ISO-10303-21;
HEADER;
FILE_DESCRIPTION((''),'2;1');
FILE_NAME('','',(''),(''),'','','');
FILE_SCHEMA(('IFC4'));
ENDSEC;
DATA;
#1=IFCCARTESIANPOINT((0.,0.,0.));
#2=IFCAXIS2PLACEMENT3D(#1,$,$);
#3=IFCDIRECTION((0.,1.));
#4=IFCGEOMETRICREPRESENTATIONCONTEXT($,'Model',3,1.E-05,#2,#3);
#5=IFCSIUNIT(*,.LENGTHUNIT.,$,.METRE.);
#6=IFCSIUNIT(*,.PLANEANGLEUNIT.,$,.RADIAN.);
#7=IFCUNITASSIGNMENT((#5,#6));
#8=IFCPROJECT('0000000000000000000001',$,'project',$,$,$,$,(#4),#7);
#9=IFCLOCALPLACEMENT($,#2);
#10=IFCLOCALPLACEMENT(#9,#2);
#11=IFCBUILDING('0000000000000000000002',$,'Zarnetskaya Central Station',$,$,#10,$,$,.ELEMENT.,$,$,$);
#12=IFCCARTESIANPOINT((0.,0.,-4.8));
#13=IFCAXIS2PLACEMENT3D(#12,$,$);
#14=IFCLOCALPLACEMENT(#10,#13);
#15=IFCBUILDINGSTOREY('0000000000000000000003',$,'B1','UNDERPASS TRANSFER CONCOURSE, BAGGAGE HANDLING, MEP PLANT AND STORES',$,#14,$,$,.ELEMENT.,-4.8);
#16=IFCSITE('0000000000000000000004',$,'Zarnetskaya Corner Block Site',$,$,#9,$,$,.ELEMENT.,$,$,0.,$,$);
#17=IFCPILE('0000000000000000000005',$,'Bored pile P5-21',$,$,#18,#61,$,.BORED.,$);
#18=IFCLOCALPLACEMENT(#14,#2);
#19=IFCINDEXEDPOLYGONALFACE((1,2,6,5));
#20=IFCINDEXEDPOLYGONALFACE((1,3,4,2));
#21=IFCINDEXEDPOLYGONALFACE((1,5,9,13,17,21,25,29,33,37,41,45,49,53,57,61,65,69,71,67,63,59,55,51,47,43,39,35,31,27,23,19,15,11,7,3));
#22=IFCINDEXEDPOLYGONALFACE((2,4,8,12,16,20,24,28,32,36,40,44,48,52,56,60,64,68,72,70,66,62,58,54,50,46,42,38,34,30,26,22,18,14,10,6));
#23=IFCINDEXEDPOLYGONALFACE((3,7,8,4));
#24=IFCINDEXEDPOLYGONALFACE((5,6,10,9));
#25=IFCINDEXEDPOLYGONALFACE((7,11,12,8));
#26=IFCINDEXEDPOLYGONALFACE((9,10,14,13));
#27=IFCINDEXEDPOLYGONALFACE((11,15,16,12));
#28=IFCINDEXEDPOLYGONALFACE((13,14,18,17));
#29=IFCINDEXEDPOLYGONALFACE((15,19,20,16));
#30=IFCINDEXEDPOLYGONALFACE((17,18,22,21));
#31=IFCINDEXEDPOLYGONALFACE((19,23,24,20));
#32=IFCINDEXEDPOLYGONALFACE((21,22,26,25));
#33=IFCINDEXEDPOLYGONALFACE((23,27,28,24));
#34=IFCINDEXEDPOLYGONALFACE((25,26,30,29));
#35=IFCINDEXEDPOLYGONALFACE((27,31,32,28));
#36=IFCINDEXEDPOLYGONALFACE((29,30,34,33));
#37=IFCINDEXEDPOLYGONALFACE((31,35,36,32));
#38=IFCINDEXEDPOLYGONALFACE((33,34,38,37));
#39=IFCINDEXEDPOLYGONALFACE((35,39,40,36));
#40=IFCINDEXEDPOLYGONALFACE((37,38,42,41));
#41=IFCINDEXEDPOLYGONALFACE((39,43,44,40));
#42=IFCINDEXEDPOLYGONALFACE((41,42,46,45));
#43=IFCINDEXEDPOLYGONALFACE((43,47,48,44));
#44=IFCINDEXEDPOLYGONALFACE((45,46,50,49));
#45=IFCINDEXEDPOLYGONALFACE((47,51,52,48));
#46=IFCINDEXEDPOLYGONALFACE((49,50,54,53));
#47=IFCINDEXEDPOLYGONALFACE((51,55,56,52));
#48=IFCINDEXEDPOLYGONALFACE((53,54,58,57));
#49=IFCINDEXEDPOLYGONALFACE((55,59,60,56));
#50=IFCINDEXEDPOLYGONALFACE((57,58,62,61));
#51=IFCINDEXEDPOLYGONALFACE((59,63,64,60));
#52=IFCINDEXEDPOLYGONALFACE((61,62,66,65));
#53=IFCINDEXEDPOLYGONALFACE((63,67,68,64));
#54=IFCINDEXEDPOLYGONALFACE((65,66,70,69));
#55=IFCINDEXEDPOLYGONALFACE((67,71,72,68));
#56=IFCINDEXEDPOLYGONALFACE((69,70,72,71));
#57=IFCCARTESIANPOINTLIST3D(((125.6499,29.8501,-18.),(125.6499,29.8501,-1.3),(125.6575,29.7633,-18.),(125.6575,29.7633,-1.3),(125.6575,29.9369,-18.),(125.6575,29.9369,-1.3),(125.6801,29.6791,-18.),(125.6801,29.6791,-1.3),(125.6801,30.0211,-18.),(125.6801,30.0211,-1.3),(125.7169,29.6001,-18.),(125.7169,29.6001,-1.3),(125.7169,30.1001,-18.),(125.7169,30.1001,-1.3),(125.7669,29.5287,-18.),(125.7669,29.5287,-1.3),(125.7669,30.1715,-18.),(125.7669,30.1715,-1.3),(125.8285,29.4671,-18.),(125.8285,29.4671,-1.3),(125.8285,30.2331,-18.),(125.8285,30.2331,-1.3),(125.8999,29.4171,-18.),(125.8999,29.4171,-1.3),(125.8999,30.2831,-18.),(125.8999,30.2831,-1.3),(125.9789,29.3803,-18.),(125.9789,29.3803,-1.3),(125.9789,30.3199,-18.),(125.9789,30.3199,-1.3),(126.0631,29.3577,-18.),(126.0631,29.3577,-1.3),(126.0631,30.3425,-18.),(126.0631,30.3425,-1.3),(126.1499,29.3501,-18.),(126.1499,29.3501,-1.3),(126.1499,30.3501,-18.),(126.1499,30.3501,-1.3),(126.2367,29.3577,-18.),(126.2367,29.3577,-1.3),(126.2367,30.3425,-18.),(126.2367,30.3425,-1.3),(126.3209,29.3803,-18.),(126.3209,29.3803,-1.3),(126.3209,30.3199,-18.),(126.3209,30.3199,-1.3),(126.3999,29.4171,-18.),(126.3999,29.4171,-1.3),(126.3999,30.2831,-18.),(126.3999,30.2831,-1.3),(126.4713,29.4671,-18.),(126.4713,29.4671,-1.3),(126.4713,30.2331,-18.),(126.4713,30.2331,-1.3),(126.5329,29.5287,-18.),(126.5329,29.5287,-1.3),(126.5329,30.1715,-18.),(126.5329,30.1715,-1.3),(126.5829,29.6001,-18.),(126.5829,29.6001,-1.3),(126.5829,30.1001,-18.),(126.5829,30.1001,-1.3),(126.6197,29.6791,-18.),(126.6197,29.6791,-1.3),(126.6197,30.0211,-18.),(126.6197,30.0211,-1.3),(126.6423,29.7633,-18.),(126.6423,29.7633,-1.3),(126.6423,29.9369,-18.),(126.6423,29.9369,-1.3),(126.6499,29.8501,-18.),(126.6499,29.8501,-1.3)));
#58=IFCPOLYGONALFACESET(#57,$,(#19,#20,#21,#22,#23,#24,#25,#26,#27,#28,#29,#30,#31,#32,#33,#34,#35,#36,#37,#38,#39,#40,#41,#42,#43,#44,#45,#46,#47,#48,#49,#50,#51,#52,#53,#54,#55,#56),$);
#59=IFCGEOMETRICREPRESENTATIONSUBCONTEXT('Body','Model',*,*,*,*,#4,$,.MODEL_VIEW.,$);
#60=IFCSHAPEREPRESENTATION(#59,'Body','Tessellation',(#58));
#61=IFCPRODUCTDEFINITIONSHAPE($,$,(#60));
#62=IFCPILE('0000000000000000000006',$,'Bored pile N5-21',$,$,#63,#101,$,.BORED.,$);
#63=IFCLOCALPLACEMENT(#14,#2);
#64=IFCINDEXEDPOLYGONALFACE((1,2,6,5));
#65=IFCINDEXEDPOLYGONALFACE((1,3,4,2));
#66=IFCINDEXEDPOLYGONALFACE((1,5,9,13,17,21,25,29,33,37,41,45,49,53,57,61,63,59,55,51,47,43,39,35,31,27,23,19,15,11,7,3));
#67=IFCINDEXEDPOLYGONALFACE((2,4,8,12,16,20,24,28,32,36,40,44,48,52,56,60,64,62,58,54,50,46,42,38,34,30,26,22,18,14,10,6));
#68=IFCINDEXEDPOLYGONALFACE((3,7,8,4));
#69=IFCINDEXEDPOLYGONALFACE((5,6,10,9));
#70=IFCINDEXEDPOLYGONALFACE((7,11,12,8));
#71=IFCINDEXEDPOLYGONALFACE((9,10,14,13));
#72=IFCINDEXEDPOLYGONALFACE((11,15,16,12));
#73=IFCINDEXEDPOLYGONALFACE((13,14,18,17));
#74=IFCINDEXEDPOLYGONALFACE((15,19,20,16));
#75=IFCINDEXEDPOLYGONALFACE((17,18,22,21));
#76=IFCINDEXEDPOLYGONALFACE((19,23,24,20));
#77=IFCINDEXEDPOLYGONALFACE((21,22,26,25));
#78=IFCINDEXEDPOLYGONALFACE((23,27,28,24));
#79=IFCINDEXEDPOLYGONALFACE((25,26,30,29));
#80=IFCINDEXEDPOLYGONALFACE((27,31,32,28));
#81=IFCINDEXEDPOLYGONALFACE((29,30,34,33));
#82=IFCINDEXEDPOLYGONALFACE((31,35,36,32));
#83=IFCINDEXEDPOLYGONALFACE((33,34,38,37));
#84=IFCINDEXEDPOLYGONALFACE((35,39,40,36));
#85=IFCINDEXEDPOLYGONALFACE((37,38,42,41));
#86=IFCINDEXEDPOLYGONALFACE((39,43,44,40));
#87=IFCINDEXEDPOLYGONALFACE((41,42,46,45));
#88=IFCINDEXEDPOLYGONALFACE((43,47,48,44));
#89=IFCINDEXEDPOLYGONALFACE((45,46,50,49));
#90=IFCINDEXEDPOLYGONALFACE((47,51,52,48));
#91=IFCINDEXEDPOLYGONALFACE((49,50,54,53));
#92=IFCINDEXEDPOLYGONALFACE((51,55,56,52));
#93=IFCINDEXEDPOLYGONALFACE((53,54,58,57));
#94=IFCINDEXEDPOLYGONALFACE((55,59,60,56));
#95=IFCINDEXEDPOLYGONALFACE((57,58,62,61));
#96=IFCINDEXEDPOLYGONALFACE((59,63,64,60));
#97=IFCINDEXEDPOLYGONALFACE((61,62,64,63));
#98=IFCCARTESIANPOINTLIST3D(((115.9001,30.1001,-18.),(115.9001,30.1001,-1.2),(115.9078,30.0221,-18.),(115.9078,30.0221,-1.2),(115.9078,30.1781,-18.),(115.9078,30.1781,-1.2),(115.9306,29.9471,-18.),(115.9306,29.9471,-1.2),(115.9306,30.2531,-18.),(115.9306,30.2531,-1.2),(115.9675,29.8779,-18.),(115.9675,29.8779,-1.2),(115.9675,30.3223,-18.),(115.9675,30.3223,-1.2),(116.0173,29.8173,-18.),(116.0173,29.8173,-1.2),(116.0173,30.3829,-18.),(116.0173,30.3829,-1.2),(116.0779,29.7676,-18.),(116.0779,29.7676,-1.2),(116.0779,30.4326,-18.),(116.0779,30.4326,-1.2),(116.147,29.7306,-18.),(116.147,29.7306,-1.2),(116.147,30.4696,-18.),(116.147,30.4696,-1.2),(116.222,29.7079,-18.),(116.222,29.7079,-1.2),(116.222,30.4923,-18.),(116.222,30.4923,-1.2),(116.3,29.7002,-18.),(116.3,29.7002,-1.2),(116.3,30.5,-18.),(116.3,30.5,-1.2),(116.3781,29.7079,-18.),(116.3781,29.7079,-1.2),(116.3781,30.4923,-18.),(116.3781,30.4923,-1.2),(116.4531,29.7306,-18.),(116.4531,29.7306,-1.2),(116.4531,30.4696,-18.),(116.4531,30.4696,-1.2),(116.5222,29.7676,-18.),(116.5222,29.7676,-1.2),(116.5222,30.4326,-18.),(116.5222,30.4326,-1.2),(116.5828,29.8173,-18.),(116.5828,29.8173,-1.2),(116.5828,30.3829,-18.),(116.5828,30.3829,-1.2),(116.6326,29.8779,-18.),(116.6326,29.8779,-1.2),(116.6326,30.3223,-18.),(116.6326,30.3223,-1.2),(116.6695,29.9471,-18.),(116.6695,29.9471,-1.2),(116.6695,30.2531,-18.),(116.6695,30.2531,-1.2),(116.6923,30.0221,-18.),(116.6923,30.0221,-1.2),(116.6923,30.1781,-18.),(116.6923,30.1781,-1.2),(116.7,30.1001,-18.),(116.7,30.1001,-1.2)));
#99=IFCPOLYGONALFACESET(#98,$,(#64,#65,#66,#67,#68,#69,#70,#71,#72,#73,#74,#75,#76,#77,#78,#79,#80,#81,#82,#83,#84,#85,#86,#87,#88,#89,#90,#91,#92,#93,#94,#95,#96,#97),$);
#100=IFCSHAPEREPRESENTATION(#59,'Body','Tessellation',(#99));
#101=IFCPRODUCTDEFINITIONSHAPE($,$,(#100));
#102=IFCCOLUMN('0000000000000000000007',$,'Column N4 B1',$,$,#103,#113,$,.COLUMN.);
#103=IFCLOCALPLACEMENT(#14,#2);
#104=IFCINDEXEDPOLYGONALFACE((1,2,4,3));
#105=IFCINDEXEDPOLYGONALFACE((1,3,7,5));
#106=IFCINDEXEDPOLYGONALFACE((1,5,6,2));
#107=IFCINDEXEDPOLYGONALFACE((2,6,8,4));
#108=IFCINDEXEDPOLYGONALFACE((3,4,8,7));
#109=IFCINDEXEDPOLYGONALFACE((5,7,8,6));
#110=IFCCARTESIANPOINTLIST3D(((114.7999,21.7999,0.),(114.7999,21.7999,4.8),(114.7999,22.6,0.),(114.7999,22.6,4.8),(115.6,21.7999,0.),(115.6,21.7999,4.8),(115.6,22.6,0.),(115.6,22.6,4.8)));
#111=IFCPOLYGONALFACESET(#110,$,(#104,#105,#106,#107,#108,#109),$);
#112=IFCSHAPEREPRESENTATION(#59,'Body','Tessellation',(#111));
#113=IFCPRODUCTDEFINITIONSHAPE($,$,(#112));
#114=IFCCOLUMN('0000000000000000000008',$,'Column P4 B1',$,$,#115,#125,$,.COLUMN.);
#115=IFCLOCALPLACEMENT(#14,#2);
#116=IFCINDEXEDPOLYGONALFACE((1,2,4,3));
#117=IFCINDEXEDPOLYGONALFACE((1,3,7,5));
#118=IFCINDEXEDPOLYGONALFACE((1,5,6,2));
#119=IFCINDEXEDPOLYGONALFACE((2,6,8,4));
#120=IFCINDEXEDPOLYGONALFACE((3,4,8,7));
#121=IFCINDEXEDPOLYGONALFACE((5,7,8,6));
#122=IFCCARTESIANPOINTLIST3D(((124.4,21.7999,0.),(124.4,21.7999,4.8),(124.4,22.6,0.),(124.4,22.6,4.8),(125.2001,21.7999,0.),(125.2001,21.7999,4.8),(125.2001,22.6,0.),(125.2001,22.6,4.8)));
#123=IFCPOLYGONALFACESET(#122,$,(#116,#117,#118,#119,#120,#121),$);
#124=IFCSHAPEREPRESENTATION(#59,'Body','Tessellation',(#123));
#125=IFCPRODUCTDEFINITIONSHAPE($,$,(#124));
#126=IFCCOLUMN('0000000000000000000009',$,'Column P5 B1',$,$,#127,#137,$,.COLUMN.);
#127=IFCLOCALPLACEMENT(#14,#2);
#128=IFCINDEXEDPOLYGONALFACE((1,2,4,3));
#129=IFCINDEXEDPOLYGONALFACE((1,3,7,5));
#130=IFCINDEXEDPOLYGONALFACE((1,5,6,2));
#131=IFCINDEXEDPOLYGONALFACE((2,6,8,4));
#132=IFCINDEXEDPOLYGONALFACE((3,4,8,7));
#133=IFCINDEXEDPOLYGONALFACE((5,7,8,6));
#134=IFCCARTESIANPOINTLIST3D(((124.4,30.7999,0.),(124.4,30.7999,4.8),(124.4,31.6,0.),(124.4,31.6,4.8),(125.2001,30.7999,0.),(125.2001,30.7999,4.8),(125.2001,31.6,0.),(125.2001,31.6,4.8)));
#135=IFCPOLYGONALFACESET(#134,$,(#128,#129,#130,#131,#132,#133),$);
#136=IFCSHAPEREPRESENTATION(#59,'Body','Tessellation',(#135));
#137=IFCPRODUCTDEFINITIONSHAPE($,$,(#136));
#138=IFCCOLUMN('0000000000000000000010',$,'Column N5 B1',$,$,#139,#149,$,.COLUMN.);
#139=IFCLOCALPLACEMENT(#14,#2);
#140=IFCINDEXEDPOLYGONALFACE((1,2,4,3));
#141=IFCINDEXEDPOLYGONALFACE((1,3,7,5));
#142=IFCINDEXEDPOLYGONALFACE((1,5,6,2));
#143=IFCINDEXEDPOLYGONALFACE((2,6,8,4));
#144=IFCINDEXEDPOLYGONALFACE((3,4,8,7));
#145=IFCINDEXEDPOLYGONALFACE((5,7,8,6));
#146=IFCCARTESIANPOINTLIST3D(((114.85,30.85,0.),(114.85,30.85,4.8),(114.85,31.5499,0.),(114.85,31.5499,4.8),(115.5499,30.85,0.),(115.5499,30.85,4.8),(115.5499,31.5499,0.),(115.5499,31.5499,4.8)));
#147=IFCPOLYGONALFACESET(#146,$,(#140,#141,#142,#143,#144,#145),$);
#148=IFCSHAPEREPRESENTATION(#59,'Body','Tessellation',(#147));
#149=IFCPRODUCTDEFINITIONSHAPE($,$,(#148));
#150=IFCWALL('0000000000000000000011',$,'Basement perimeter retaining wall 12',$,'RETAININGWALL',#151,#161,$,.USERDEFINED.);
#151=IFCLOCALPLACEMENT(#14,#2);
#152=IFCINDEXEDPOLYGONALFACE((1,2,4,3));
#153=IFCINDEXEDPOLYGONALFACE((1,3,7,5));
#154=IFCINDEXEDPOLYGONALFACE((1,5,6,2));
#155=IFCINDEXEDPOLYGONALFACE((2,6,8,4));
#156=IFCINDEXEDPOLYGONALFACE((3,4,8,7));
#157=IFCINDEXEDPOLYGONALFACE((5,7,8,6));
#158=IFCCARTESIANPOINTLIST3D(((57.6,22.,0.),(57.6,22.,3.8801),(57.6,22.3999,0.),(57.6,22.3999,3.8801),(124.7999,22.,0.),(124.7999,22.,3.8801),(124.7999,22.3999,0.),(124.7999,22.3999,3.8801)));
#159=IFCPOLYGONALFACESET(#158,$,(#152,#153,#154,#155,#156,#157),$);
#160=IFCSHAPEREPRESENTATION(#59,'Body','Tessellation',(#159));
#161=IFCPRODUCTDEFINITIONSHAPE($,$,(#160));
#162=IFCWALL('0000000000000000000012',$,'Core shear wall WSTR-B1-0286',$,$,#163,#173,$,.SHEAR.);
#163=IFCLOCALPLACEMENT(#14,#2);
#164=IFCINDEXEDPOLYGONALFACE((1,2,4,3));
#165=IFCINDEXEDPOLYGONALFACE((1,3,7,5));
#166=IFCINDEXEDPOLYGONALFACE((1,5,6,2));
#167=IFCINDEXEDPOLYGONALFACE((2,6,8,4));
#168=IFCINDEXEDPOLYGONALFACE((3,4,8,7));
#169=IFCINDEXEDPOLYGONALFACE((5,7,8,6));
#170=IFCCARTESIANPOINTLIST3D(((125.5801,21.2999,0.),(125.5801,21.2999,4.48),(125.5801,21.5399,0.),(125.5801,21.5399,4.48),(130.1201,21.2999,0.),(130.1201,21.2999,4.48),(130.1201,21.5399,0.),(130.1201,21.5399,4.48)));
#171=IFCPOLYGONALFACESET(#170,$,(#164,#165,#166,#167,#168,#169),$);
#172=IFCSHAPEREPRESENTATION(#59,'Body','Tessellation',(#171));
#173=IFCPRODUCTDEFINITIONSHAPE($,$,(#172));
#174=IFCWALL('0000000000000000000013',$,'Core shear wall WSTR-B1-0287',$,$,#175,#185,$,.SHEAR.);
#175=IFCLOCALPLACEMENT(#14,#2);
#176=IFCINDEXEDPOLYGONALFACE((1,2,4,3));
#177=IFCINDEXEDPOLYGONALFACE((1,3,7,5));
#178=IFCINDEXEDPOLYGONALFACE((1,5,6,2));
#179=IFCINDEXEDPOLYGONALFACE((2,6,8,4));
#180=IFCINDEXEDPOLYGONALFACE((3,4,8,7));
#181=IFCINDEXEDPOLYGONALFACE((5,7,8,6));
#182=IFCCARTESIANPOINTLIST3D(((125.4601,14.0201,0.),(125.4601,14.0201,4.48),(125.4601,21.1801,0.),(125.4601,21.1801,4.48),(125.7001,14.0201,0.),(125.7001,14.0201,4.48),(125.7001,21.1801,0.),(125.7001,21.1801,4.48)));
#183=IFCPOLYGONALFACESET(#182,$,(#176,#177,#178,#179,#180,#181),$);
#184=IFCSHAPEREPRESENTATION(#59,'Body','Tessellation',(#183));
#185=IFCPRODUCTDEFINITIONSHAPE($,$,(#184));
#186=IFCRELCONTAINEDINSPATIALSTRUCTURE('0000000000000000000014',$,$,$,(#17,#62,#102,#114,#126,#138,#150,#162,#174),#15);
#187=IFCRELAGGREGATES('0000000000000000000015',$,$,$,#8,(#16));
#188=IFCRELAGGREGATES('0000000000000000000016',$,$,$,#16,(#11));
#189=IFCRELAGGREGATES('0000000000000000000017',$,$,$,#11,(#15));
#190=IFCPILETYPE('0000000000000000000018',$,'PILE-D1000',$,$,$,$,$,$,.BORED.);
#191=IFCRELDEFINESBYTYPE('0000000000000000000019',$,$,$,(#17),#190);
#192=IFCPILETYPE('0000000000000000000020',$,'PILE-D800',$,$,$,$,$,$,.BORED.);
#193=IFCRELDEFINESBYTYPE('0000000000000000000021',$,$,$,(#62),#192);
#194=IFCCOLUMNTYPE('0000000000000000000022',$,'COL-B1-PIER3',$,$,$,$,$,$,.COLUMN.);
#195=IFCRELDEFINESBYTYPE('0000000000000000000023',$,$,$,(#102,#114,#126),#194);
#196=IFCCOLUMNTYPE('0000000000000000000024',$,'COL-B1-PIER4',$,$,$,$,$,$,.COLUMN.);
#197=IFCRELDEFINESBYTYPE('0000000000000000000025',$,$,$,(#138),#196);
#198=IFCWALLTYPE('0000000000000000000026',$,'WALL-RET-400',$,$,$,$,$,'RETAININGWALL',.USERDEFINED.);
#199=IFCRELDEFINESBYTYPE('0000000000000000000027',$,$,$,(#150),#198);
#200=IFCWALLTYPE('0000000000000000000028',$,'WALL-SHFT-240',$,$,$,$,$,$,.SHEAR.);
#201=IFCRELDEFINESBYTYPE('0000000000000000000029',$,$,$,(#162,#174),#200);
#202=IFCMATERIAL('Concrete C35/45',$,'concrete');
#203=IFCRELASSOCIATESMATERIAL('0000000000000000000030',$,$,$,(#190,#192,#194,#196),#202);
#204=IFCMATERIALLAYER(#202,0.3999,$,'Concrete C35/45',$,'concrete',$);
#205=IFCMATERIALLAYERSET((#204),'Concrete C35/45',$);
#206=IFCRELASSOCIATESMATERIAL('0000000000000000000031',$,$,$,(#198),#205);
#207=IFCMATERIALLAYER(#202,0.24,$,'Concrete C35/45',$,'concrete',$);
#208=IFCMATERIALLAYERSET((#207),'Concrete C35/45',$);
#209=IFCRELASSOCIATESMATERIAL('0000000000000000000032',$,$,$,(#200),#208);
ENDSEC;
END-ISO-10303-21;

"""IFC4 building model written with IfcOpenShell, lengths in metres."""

from ifc_helpers import new_model, si_unit, direction, frame, frame_2d, origin, origin_2d, place, context, subcontext, project, spatial, rectangle, circle, extrude, material, layer, layer_set, material_profile, profile_set, type_object, element, save


model = new_model("IFC4")

# Units and contexts
model_context = context("Model", 3, precision=1e-05, world=origin(), true_north=direction((0.0, 1.0)))
body_context = subcontext(model_context, "Body", "Model", "MODEL_VIEW")
ifc_project = project(units=[si_unit("LENGTHUNIT", "METRE"), si_unit("PLANEANGLEUNIT", "RADIAN")], contexts=[model_context])

# Site, building, storey
site_placement = place(None, origin())
site = spatial("IfcSite", under=ifc_project, at=site_placement, Name="Zarnetskaya Corner Block Site", CompositionType="ELEMENT", RefElevation=0.0)
building_placement = place(site_placement, origin())
building = spatial("IfcBuilding", under=site, at=building_placement, Name="Zarnetskaya Central Station", CompositionType="ELEMENT")
storey_placement = place(building_placement, frame((0.0, 0.0, -4.8)))
storey = spatial("IfcBuildingStorey", under=building, at=storey_placement, Name="B1", Description="UNDERPASS TRANSFER CONCOURSE, BAGGAGE HANDLING, MEP PLANT AND STORES", CompositionType="ELEMENT", Elevation=-4.8)

# Shared definitions
ifc_material_1 = material(Name="Concrete C35/45", Category="concrete")

# Piles
ifc_material_profile_1 = material_profile(ifc_material_1, circle(Radius=0.5, at=origin_2d()), Name="BORED PILE D1000")
ifc_profile_set_1 = profile_set([ifc_material_profile_1], Name="Concrete C35/45")
pile_type_1 = type_object("IfcPileType", Name="PILE-D1000", PredefinedType="BORED", material=ifc_profile_set_1)
for number, where, z_axis, x_axis, name in (
    (1, (126.1499, 29.8501, -1.3), (0.0, 0.0, -1.0), (1.0, 0.0, 0.0), "Bored pile P5-21"),
):
    element("IfcPile", number, at=place(storey_placement, frame(where, z_axis=z_axis, x_axis=x_axis)), inside=storey, type_object=pile_type_1, Name=name, PredefinedType="BORED", context=body_context, shape_type="SweptSolid", body=[
        extrude(circle(Radius=0.5, at=origin_2d()), origin(), (0.0, 0.0, 1.0), 16.7),
    ])
ifc_material_profile_2 = material_profile(ifc_material_1, circle(Radius=0.3999, at=origin_2d()), Name="BORED PILE D800")
ifc_profile_set_2 = profile_set([ifc_material_profile_2], Name="Concrete C35/45")
pile_type_2 = type_object("IfcPileType", Name="PILE-D800", PredefinedType="BORED", material=ifc_profile_set_2)
pile_placement = place(storey_placement, frame((116.3, 30.1001, -1.2), z_axis=(0.0, 0.0, -1.0), x_axis=(1.0, 0.0, 0.0)))
element("IfcPile", 2, at=pile_placement, inside=storey, type_object=pile_type_2, Name="Bored pile N5-21", PredefinedType="BORED", context=body_context, shape_type="SweptSolid", body=[
    extrude(circle(Radius=0.3999, at=origin_2d()), origin(), (0.0, 0.0, 1.0), 16.8),
])

# Columns
ifc_material_profile_3 = material_profile(ifc_material_1, rectangle(XDim=0.8, YDim=0.8, at=origin_2d()), Name="RC 800x800")
ifc_profile_set_3 = profile_set([ifc_material_profile_3], Name="Concrete C35/45")
column_type_1 = type_object("IfcColumnType", Name="COL-B1-PIER3", PredefinedType="COLUMN", material=ifc_profile_set_3)
for number, where, z_axis, x_axis, name in (
    (3, (115.2, 22.2, 0.0), (0.0, 0.0, 1.0), (1.0, 0.0, 0.0), "Column N4 B1"),
    (4, (124.8, 22.2, 0.0), (0.0, 0.0, 1.0), (1.0, 0.0, 0.0), "Column P4 B1"),
    (5, (124.8, 31.2, 0.0), (0.0, 0.0, 1.0), (1.0, 0.0, 0.0), "Column P5 B1"),
):
    element("IfcColumn", number, at=place(storey_placement, frame(where, z_axis=z_axis, x_axis=x_axis)), inside=storey, type_object=column_type_1, Name=name, PredefinedType="COLUMN", context=body_context, shape_type="SweptSolid", body=[
        extrude(rectangle(XDim=0.8, YDim=0.8, at=origin_2d()), origin(), (0.0, 0.0, 1.0), 4.8),
    ])
ifc_material_profile_4 = material_profile(ifc_material_1, rectangle(XDim=0.7, YDim=0.7, at=origin_2d()), Name="RC 700x700")
ifc_profile_set_4 = profile_set([ifc_material_profile_4], Name="Concrete C35/45")
column_type_2 = type_object("IfcColumnType", Name="COL-B1-PIER4", PredefinedType="COLUMN", material=ifc_profile_set_4)
column_placement = place(storey_placement, frame((115.2, 31.2, 0.0), z_axis=(0.0, 0.0, 1.0), x_axis=(1.0, 0.0, 0.0)))
element("IfcColumn", 6, at=column_placement, inside=storey, type_object=column_type_2, Name="Column N5 B1", PredefinedType="COLUMN", context=body_context, shape_type="SweptSolid", body=[
    extrude(rectangle(XDim=0.7, YDim=0.7, at=origin_2d()), origin(), (0.0, 0.0, 1.0), 4.8),
])

# Walls
ifc_layer_1 = layer(ifc_material_1, 0.3999, Name="Concrete C35/45", Category="concrete")
ifc_layer_set_1 = layer_set([ifc_layer_1], Name="Concrete C35/45")
wall_type_1 = type_object("IfcWallType", Name="WALL-RET-400", ElementType="RETAININGWALL", PredefinedType="USERDEFINED", material=ifc_layer_set_1)
wall_1_placement = place(storey_placement, frame((124.8, 22.2, 0.0), z_axis=(0.0, 0.0, 1.0), x_axis=(-1.0, 0.0, 0.0)))
element("IfcWall", 7, at=wall_1_placement, inside=storey, type_object=wall_type_1, Name="Basement perimeter retaining wall 12", ObjectType="RETAININGWALL", PredefinedType="USERDEFINED", context=body_context, shape_type="SweptSolid", body=[
    extrude(rectangle(XDim=67.2, YDim=0.3999, at=frame_2d((33.6001, 0.0))), origin(), (0.0, 0.0, 1.0), 3.8801),
])
ifc_layer_2 = layer(ifc_material_1, 0.24, Name="Concrete C35/45", Category="concrete")
ifc_layer_set_2 = layer_set([ifc_layer_2], Name="Concrete C35/45")
wall_type_2 = type_object("IfcWallType", Name="WALL-SHFT-240", PredefinedType="SHEAR", material=ifc_layer_set_2)
wall_2_placement = place(storey_placement, frame((125.5801, 21.4199, 0.0), z_axis=(0.0, 0.0, 1.0), x_axis=(1.0, 0.0, 0.0)))
element("IfcWall", 8, at=wall_2_placement, inside=storey, type_object=wall_type_2, Name="Core shear wall WSTR-B1-0286", PredefinedType="SHEAR", context=body_context, shape_type="SweptSolid", body=[
    extrude(rectangle(XDim=4.54, YDim=0.24, at=frame_2d((2.27, 0.0))), origin(), (0.0, 0.0, 1.0), 4.48),
])
wall_3_placement = place(storey_placement, frame((125.5801, 14.02, 0.0), z_axis=(0.0, 0.0, 1.0), x_axis=(0.0, 1.0, 0.0)))
element("IfcWall", 9, at=wall_3_placement, inside=storey, type_object=wall_type_2, Name="Core shear wall WSTR-B1-0287", PredefinedType="SHEAR", context=body_context, shape_type="SweptSolid", body=[
    extrude(rectangle(XDim=7.1599, YDim=0.24, at=frame_2d((3.5801, 0.0))), origin(), (0.0, 0.0, 1.0), 4.48),
])

save(model, "model.ifc")
